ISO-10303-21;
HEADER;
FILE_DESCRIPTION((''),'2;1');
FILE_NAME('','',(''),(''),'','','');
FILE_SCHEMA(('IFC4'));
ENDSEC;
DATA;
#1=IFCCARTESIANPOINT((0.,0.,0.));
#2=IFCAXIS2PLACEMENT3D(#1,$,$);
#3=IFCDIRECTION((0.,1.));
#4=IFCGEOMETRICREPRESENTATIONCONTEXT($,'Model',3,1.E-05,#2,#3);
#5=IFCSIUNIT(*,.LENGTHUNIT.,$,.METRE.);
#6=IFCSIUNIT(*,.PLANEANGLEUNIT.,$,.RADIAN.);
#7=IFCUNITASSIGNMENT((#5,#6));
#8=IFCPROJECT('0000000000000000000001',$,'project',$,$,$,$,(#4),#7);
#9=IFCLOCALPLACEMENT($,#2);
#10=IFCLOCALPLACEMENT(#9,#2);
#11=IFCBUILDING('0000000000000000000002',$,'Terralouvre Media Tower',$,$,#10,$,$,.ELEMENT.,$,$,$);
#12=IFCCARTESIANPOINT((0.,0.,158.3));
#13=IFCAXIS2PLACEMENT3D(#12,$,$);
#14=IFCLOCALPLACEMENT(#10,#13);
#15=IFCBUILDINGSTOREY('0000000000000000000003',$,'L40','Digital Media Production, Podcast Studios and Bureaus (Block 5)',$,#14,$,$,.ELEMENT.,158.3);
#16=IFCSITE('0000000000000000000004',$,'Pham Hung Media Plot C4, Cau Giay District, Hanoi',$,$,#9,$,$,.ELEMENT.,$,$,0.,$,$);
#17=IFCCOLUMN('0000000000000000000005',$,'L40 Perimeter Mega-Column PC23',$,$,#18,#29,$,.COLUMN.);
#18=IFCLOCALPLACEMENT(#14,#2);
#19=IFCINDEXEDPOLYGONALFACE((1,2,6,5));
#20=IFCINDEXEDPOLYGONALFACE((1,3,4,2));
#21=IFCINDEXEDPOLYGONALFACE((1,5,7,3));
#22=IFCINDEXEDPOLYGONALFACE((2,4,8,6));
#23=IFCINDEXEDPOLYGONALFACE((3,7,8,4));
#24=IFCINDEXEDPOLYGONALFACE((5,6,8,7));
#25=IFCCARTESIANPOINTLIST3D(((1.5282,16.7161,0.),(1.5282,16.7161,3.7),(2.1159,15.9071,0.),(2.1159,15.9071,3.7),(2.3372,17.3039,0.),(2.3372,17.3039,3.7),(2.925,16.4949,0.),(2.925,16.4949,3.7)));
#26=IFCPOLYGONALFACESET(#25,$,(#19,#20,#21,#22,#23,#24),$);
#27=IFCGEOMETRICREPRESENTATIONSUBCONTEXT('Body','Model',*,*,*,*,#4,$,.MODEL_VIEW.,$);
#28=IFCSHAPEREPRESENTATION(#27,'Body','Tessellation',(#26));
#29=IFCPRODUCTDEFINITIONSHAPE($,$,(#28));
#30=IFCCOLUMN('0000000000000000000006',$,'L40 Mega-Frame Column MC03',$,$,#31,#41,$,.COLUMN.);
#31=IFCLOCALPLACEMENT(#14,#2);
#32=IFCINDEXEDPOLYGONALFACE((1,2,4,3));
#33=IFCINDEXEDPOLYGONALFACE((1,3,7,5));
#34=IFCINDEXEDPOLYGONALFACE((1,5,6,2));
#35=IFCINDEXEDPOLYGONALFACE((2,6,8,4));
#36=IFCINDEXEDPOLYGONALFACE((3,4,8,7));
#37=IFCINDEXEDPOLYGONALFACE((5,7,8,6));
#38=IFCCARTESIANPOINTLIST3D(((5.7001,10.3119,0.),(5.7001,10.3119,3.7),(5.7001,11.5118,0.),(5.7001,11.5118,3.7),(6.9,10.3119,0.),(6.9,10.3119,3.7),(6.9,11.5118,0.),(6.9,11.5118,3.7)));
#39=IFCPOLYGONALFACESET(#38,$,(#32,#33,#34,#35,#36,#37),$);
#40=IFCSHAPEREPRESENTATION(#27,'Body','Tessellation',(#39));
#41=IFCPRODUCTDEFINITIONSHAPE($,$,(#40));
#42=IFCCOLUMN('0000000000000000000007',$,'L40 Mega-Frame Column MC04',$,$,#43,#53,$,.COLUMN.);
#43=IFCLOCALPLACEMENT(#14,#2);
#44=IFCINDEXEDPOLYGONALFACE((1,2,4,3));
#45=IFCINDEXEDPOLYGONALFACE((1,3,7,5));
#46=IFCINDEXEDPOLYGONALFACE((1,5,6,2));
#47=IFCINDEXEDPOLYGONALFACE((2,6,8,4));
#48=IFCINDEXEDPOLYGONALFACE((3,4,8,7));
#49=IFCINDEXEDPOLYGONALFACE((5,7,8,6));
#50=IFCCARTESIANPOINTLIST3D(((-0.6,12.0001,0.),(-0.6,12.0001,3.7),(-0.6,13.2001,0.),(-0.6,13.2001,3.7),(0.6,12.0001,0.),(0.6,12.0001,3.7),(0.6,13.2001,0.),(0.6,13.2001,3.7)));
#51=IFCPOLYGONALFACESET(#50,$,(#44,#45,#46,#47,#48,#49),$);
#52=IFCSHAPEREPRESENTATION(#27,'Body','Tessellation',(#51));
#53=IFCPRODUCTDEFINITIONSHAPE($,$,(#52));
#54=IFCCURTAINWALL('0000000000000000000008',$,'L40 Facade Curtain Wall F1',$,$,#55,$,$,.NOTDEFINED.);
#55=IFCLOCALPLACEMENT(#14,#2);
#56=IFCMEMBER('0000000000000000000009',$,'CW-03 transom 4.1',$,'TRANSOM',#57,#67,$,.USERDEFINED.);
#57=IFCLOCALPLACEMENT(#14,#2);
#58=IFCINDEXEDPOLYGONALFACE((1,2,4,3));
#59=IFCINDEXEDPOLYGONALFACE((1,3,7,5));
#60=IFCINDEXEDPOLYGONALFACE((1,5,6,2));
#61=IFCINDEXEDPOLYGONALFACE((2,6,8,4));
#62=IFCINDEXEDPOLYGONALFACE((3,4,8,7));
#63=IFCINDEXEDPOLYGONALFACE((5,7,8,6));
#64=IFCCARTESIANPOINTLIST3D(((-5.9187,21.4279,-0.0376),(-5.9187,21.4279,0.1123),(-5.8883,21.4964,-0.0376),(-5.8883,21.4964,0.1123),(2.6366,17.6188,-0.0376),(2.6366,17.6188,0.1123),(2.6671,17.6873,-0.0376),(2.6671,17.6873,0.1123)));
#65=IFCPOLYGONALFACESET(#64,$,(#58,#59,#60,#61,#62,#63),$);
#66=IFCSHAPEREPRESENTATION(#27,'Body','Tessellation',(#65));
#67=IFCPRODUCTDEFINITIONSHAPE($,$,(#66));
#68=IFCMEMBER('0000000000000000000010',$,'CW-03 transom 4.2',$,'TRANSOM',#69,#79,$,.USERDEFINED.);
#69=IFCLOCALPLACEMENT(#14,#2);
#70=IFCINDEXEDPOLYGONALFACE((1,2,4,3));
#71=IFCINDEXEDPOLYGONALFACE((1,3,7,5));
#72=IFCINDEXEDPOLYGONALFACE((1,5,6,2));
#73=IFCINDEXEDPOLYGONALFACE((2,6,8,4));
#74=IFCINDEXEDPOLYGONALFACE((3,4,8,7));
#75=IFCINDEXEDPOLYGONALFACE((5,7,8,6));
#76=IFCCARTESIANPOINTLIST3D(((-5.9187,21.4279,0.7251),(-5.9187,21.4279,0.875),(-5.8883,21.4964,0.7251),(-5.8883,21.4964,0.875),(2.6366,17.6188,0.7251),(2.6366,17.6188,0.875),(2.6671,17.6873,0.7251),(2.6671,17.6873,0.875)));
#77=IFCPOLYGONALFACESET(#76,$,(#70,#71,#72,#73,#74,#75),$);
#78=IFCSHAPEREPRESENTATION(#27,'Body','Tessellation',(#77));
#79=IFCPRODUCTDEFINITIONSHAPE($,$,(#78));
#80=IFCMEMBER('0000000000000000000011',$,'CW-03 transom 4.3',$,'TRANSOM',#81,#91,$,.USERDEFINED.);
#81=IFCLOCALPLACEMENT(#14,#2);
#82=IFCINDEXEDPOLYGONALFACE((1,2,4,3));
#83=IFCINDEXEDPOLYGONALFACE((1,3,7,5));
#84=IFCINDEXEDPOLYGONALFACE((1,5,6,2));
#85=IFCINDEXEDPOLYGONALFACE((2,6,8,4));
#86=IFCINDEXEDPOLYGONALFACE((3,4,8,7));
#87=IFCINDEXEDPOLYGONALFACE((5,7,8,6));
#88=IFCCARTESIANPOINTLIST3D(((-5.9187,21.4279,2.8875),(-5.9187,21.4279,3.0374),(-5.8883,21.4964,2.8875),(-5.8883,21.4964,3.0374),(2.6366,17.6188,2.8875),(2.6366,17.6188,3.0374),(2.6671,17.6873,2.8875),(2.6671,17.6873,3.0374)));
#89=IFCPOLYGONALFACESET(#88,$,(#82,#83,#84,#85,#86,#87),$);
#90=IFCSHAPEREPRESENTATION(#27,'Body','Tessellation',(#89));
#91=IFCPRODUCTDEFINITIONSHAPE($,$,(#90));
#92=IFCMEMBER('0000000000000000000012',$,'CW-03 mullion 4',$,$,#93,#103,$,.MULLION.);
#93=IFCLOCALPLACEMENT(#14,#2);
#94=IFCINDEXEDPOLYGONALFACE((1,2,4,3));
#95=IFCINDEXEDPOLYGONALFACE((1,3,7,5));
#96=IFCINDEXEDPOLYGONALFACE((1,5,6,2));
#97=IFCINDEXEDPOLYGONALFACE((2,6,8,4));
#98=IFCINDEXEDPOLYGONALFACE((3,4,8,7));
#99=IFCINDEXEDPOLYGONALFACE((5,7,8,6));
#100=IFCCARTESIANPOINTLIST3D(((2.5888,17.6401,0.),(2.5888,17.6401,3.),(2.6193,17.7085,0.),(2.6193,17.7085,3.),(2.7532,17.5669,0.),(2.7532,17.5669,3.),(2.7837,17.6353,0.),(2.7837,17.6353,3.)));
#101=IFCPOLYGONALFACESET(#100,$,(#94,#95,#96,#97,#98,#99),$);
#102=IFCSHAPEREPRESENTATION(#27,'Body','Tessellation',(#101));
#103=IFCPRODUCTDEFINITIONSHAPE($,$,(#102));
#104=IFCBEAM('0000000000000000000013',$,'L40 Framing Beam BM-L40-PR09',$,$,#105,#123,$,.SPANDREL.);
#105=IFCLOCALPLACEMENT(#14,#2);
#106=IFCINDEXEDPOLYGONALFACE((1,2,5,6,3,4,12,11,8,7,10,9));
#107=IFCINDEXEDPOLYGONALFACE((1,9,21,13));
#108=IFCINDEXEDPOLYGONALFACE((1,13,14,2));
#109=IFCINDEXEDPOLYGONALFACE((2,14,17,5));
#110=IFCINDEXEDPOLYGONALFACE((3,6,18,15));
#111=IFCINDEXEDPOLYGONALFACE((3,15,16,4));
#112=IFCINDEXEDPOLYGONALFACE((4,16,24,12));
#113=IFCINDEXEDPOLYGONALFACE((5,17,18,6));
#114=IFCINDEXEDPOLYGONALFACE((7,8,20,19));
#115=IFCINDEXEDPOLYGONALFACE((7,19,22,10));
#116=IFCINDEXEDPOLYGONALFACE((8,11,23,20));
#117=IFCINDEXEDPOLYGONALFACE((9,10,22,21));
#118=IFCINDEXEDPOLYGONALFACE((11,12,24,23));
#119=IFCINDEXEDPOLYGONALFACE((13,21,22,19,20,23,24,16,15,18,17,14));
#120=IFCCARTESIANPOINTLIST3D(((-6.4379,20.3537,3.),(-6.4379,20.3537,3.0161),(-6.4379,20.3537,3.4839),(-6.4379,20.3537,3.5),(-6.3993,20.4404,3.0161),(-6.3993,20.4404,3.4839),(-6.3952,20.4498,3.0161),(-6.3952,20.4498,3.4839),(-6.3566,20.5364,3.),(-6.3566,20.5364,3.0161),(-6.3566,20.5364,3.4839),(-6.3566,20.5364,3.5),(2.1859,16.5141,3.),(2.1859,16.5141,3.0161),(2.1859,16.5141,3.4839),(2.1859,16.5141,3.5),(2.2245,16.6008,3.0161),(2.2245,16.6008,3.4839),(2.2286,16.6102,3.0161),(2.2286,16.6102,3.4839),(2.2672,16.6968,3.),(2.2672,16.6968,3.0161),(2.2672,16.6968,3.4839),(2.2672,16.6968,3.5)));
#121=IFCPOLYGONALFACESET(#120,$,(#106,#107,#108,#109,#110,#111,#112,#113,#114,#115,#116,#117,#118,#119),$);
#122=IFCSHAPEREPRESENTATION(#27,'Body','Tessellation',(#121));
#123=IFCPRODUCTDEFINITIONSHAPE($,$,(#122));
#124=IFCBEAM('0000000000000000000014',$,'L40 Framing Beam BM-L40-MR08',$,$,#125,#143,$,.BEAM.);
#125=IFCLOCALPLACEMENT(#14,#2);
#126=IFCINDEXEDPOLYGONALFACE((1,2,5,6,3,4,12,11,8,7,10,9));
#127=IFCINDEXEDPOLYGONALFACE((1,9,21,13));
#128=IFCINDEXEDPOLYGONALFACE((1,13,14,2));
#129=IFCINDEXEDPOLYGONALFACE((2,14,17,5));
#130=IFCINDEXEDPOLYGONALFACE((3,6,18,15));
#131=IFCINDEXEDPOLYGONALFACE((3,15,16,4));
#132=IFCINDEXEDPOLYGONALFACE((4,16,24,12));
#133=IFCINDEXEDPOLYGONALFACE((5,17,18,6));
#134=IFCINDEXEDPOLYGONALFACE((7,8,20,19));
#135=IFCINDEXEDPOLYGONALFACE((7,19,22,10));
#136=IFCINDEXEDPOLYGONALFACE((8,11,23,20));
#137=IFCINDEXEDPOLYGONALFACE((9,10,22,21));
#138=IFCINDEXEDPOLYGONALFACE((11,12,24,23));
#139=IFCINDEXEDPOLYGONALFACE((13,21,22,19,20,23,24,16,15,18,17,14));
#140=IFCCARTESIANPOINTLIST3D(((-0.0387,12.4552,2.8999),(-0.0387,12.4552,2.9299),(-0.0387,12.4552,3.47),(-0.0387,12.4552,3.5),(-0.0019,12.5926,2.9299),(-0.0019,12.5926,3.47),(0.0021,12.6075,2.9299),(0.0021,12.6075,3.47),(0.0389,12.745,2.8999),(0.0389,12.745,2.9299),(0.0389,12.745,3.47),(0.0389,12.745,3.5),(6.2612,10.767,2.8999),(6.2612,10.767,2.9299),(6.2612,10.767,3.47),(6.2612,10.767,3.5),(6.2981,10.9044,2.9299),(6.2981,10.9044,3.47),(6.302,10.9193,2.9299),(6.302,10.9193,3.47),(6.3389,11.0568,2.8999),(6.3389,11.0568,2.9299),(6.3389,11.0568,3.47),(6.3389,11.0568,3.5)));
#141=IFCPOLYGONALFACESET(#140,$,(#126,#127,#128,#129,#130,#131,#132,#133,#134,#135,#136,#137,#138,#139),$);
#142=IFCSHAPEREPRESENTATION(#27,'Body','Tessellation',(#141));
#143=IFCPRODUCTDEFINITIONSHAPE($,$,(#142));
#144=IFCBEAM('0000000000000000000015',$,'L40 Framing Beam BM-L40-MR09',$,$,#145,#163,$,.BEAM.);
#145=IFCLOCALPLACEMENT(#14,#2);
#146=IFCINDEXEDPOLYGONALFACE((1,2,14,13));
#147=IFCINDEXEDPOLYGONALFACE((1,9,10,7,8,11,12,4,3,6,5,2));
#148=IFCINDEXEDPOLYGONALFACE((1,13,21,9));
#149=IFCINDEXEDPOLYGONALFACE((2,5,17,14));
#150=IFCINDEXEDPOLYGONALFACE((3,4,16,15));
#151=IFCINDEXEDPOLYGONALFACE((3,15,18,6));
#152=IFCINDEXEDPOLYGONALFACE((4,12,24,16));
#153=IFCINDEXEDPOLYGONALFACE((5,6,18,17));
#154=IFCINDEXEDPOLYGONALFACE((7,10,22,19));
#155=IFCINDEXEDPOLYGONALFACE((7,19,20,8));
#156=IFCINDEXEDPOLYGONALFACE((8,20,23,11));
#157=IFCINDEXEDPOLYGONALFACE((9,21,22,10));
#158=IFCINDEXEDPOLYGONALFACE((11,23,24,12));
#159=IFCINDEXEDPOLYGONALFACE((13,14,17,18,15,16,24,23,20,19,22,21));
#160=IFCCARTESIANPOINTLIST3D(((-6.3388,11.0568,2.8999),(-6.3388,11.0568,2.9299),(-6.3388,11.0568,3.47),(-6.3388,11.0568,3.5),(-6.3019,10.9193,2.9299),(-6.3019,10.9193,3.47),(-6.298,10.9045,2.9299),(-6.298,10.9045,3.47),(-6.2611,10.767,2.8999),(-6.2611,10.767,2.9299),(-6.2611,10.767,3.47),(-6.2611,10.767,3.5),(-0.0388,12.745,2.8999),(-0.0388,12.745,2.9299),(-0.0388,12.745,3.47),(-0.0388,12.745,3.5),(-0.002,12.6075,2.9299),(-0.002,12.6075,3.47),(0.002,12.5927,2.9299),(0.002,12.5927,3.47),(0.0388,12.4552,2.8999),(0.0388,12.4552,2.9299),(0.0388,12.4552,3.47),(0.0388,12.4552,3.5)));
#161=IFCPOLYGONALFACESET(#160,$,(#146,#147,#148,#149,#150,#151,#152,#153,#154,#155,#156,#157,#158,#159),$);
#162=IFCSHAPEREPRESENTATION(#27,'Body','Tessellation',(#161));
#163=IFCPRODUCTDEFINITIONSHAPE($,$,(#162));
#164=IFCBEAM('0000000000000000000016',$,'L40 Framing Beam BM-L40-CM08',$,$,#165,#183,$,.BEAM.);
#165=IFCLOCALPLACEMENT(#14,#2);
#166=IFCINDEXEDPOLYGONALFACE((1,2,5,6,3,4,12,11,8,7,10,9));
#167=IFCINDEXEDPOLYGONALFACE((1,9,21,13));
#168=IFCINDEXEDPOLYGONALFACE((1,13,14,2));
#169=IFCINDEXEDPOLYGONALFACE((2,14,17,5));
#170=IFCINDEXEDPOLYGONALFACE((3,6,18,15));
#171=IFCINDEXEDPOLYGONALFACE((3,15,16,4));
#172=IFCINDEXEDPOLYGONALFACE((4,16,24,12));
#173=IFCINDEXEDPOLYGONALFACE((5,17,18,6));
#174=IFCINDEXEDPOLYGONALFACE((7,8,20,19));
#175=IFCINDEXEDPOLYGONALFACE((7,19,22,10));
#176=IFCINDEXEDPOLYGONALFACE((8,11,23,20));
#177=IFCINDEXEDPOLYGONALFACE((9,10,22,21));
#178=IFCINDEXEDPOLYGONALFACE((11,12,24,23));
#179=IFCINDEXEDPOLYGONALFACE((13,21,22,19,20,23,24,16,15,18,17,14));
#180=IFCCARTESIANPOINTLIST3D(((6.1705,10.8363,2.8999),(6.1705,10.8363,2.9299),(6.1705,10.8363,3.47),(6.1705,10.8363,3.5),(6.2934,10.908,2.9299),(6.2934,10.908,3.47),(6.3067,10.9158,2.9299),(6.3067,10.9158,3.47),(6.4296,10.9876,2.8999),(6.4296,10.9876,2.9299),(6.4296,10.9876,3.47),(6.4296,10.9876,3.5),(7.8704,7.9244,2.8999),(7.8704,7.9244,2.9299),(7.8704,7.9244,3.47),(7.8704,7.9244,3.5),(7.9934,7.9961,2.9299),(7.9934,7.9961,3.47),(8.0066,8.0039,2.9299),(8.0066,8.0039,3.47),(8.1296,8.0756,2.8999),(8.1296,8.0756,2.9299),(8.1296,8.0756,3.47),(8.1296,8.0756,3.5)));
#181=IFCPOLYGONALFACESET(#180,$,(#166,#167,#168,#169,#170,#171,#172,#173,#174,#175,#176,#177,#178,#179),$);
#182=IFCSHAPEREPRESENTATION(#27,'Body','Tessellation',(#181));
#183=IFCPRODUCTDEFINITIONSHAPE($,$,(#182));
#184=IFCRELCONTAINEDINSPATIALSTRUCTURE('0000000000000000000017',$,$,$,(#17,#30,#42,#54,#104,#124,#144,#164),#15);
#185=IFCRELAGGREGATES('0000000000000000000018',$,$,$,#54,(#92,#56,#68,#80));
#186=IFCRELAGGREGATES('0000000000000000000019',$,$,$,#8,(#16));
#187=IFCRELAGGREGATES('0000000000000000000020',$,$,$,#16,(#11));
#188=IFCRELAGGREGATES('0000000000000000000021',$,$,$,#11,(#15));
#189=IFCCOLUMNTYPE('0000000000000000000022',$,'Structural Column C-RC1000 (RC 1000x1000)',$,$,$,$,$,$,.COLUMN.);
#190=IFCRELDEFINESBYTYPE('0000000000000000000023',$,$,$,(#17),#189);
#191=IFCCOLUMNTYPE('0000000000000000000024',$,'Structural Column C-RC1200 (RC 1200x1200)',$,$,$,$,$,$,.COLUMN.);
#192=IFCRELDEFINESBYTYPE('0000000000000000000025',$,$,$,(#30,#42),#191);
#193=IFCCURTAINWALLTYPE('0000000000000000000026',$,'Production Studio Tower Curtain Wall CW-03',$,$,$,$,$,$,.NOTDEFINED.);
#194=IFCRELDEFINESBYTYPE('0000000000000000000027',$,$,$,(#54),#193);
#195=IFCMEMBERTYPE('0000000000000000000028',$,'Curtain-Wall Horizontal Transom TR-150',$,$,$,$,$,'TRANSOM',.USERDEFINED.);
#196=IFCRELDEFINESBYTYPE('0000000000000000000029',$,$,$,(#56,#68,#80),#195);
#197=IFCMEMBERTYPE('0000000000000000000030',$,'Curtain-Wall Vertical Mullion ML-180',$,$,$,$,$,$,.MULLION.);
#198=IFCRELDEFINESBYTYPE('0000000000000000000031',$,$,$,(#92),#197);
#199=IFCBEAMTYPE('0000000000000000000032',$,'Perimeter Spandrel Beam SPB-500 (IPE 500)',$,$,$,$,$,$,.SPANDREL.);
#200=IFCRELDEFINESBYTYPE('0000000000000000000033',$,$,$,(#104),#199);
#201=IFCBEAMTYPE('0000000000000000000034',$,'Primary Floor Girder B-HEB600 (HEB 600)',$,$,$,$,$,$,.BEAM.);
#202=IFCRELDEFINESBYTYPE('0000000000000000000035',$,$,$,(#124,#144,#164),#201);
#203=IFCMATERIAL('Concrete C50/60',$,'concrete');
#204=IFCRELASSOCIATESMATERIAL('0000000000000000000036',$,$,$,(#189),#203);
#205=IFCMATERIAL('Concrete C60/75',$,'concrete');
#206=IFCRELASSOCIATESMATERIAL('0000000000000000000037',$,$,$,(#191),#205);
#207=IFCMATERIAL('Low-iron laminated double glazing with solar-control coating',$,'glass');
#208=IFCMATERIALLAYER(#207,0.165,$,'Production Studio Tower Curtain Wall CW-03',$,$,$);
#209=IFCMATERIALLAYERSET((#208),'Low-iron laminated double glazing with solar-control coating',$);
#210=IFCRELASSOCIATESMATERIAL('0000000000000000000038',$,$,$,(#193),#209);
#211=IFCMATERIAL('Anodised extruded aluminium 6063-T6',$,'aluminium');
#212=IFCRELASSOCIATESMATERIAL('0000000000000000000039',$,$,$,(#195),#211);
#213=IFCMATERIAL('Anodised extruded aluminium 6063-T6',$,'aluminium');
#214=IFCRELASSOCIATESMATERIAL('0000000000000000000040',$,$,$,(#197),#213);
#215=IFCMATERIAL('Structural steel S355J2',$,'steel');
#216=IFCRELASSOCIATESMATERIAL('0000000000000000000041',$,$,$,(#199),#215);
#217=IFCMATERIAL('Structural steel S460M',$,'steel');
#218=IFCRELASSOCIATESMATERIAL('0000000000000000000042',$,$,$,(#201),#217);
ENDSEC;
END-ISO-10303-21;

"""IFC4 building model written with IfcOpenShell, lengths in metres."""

from ifc_helpers import new_model, si_unit, direction, frame, origin, origin_2d, place, context, subcontext, project, spatial, rectangle, i_section, extrude, material, layer, layer_set, material_profile, profile_set, type_object, element, aggregate, save


model = new_model("IFC4")

# Units and contexts
model_context = context("Model", 3, precision=1e-05, world=origin(), true_north=direction((0.0, 1.0)))
body_context = subcontext(model_context, "Body", "Model", "MODEL_VIEW")
ifc_project = project(units=[si_unit("LENGTHUNIT", "METRE"), si_unit("PLANEANGLEUNIT", "RADIAN")], contexts=[model_context])

# Site, building, storey
site_placement = place(None, origin())
site = spatial("IfcSite", under=ifc_project, at=site_placement, Name="Pham Hung Media Plot C4, Cau Giay District, Hanoi", CompositionType="ELEMENT", RefElevation=0.0)
building_placement = place(site_placement, origin())
building = spatial("IfcBuilding", under=site, at=building_placement, Name="Terralouvre Media Tower", CompositionType="ELEMENT")
storey_placement = place(building_placement, frame((0.0, 0.0, 158.3)))
storey = spatial("IfcBuildingStorey", under=building, at=storey_placement, Name="L40", Description="Digital Media Production, Podcast Studios and Bureaus (Block 5)", CompositionType="ELEMENT", Elevation=158.3)

# Columns
ifc_material_1 = material(Name="Concrete C50/60", Category="concrete")
ifc_material_profile_1 = material_profile(ifc_material_1, rectangle(XDim=1.0, YDim=1.0, at=origin_2d()), Name="RC 1000x1000")
ifc_profile_set_1 = profile_set([ifc_material_profile_1], Name="Concrete C50/60")
column_type_1 = type_object("IfcColumnType", Name="Structural Column C-RC1000 (RC 1000x1000)", PredefinedType="COLUMN", material=ifc_profile_set_1)
column_placement = place(storey_placement, frame((2.2266, 16.6055, 0.0), z_axis=(0.0, 0.0, 1.0), x_axis=(0.809017, 0.587785, 0.0)))
element("IfcColumn", 1, at=column_placement, inside=storey, type_object=column_type_1, Name="L40 Perimeter Mega-Column PC23", PredefinedType="COLUMN", context=body_context, shape_type="SweptSolid", body=[
    extrude(rectangle(XDim=1.0, YDim=1.0, at=origin_2d()), origin(), (0.0, 0.0, 1.0), 3.7),
])
ifc_material_2 = material(Name="Concrete C60/75", Category="concrete")
ifc_material_profile_2 = material_profile(ifc_material_2, rectangle(XDim=1.2, YDim=1.2, at=origin_2d()), Name="RC 1200x1200")
ifc_profile_set_2 = profile_set([ifc_material_profile_2], Name="Concrete C60/75")
column_type_2 = type_object("IfcColumnType", Name="Structural Column C-RC1200 (RC 1200x1200)", PredefinedType="COLUMN", material=ifc_profile_set_2)
for number, where, z_axis, x_axis, name in (
    (2, (6.3, 10.9119, 0.0), (0.0, 0.0, 1.0), (1.0, 0.0, 0.0), "L40 Mega-Frame Column MC03"),
    (3, (0.0, 12.6001, 0.0), (0.0, 0.0, 1.0), (1.0, 0.0, 0.0), "L40 Mega-Frame Column MC04"),
):
    element("IfcColumn", number, at=place(storey_placement, frame(where, z_axis=z_axis, x_axis=x_axis)), inside=storey, type_object=column_type_2, Name=name, PredefinedType="COLUMN", context=body_context, shape_type="SweptSolid", body=[
        extrude(rectangle(XDim=1.2, YDim=1.2, at=origin_2d()), origin(), (0.0, 0.0, 1.0), 3.7),
    ])

# Curtain wall, members
ifc_material_3 = material(Name="Low-iron laminated double glazing with solar-control coating", Category="glass")
ifc_layer_1 = layer(ifc_material_3, 0.165, Name="Production Studio Tower Curtain Wall CW-03")
ifc_layer_set_1 = layer_set([ifc_layer_1], Name="Low-iron laminated double glazing with solar-control coating")
curtain_wall_type = type_object("IfcCurtainWallType", Name="Production Studio Tower Curtain Wall CW-03", PredefinedType="NOTDEFINED", material=ifc_layer_set_1)
curtain_wall_placement = place(storey_placement, origin())
curtain_wall = element("IfcCurtainWall", 4, at=curtain_wall_placement, inside=storey, type_object=curtain_wall_type, Name="L40 Facade Curtain Wall F1", PredefinedType="NOTDEFINED")
ifc_material_4 = material(Name="Anodised extruded aluminium 6063-T6", Category="aluminium")
ifc_material_profile_3 = material_profile(ifc_material_4, rectangle(XDim=0.075, YDim=0.1499, at=origin_2d()), Name="ALU 75x150")
ifc_profile_set_3 = profile_set([ifc_material_profile_3], Name="Anodised extruded aluminium 6063-T6")
member_type_1 = type_object("IfcMemberType", Name="Curtain-Wall Horizontal Transom TR-150", ElementType="TRANSOM", PredefinedType="USERDEFINED", material=ifc_profile_set_3)
member_1_placement = place(storey_placement, frame((2.6519, 17.6531, 0.0374), z_axis=(-0.913547, 0.406733, 0.0), x_axis=(-0.406733, -0.913547, 0.0)))
member_1 = element("IfcMember", 5, at=member_1_placement, type_object=member_type_1, Name="CW-03 transom 4.1", ObjectType="TRANSOM", PredefinedType="USERDEFINED", context=body_context, shape_type="SweptSolid", body=[
    extrude(rectangle(XDim=0.075, YDim=0.1499, at=origin_2d()), origin(), (0.0, 0.0, 1.0), 9.365),
])
member_2_placement = place(storey_placement, frame((2.6519, 17.6531, 0.8), z_axis=(-0.913547, 0.406733, 0.0), x_axis=(-0.406733, -0.913547, 0.0)))
member_2 = element("IfcMember", 6, at=member_2_placement, type_object=member_type_1, Name="CW-03 transom 4.2", ObjectType="TRANSOM", PredefinedType="USERDEFINED", context=body_context, shape_type="SweptSolid", body=[
    extrude(rectangle(XDim=0.075, YDim=0.1499, at=origin_2d()), origin(), (0.0, 0.0, 1.0), 9.365),
])
member_3_placement = place(storey_placement, frame((2.6519, 17.6531, 2.9624), z_axis=(-0.913547, 0.406733, 0.0), x_axis=(-0.406733, -0.913547, 0.0)))
member_3 = element("IfcMember", 7, at=member_3_placement, type_object=member_type_1, Name="CW-03 transom 4.3", ObjectType="TRANSOM", PredefinedType="USERDEFINED", context=body_context, shape_type="SweptSolid", body=[
    extrude(rectangle(XDim=0.075, YDim=0.1499, at=origin_2d()), origin(), (0.0, 0.0, 1.0), 9.365),
])
ifc_material_5 = material(Name="Anodised extruded aluminium 6063-T6", Category="aluminium")
ifc_material_profile_4 = material_profile(ifc_material_5, rectangle(XDim=0.075, YDim=0.1799, at=origin_2d()), Name="ALU 75x180")
ifc_profile_set_4 = profile_set([ifc_material_profile_4], Name="Anodised extruded aluminium 6063-T6")
member_type_2 = type_object("IfcMemberType", Name="Curtain-Wall Vertical Mullion ML-180", PredefinedType="MULLION", material=ifc_profile_set_4)
member_4_placement = place(storey_placement, frame((2.6863, 17.6377, 0.0), z_axis=(0.0, 0.0, 1.0), x_axis=(-0.406737, -0.913545, 0.0)))
member_4 = element("IfcMember", 8, at=member_4_placement, type_object=member_type_2, Name="CW-03 mullion 4", PredefinedType="MULLION", context=body_context, shape_type="SweptSolid", body=[
    extrude(rectangle(XDim=0.075, YDim=0.1799, at=origin_2d()), origin(), (0.0, 0.0, 1.0), 3.0),
])

# Beams
ifc_material_6 = material(Name="Structural steel S355J2", Category="steel")
ifc_material_profile_5 = material_profile(ifc_material_6, i_section(OverallWidth=0.2, OverallDepth=0.5, WebThickness=0.0103, FlangeThickness=0.0161, at=origin_2d()), Name="IPE 500")
ifc_profile_set_5 = profile_set([ifc_material_profile_5], Name="Structural steel S355J2")
beam_type_1 = type_object("IfcBeamType", Name="Perimeter Spandrel Beam SPB-500 (IPE 500)", PredefinedType="SPANDREL", material=ifc_profile_set_5)
beam_1_placement = place(storey_placement, frame((2.2266, 16.6055, 3.25), z_axis=(-0.913544, 0.406741, 0.0), x_axis=(-0.406741, -0.913544, 0.0)))
element("IfcBeam", 9, at=beam_1_placement, inside=storey, type_object=beam_type_1, Name="L40 Framing Beam BM-L40-PR09", PredefinedType="SPANDREL", context=body_context, shape_type="SweptSolid", body=[
    extrude(i_section(OverallWidth=0.2, OverallDepth=0.5, WebThickness=0.0103, FlangeThickness=0.0161, at=origin_2d()), origin(), (0.0, 0.0, 1.0), 9.4399),
])
ifc_material_7 = material(Name="Structural steel S460M", Category="steel")
ifc_material_profile_6 = material_profile(ifc_material_7, i_section(OverallWidth=0.3, OverallDepth=0.6001, WebThickness=0.0154, FlangeThickness=0.03, at=origin_2d()), Name="HEB 600")
ifc_profile_set_6 = profile_set([ifc_material_profile_6], Name="Structural steel S460M")
beam_type_2 = type_object("IfcBeamType", Name="Primary Floor Girder B-HEB600 (HEB 600)", PredefinedType="BEAM", material=ifc_profile_set_6)
for number, where, z_axis, x_axis, name in (
    (10, (6.3, 10.9119, 3.2), (-0.96592, 0.258839, 0.0), (-0.258839, -0.96592, 0.0), "L40 Framing Beam BM-L40-MR08"),
    (11, (0.0, 12.6001, 3.2), (-0.96592, -0.258839, 0.0), (0.258839, -0.96592, 0.0), "L40 Framing Beam BM-L40-MR09"),
):
    element("IfcBeam", number, at=place(storey_placement, frame(where, z_axis=z_axis, x_axis=x_axis)), inside=storey, type_object=beam_type_2, Name=name, PredefinedType="BEAM", context=body_context, shape_type="SweptSolid", body=[
        extrude(i_section(OverallWidth=0.3, OverallDepth=0.6001, WebThickness=0.0154, FlangeThickness=0.03, at=origin_2d()), origin(), (0.0, 0.0, 1.0), 6.5222),
    ])
beam_2_placement = place(storey_placement, frame((8.0, 8.0, 3.2), z_axis=(-0.504173, 0.863603, 0.0), x_axis=(-0.863603, -0.504173, 0.0)))
element("IfcBeam", 12, at=beam_2_placement, inside=storey, type_object=beam_type_2, Name="L40 Framing Beam BM-L40-CM08", PredefinedType="BEAM", context=body_context, shape_type="SweptSolid", body=[
    extrude(i_section(OverallWidth=0.3, OverallDepth=0.6001, WebThickness=0.0154, FlangeThickness=0.03, at=origin_2d()), origin(), (0.0, 0.0, 1.0), 3.3718),
])

aggregate(curtain_wall, [member_4, member_1, member_2, member_3])

save(model, "model.ifc")
